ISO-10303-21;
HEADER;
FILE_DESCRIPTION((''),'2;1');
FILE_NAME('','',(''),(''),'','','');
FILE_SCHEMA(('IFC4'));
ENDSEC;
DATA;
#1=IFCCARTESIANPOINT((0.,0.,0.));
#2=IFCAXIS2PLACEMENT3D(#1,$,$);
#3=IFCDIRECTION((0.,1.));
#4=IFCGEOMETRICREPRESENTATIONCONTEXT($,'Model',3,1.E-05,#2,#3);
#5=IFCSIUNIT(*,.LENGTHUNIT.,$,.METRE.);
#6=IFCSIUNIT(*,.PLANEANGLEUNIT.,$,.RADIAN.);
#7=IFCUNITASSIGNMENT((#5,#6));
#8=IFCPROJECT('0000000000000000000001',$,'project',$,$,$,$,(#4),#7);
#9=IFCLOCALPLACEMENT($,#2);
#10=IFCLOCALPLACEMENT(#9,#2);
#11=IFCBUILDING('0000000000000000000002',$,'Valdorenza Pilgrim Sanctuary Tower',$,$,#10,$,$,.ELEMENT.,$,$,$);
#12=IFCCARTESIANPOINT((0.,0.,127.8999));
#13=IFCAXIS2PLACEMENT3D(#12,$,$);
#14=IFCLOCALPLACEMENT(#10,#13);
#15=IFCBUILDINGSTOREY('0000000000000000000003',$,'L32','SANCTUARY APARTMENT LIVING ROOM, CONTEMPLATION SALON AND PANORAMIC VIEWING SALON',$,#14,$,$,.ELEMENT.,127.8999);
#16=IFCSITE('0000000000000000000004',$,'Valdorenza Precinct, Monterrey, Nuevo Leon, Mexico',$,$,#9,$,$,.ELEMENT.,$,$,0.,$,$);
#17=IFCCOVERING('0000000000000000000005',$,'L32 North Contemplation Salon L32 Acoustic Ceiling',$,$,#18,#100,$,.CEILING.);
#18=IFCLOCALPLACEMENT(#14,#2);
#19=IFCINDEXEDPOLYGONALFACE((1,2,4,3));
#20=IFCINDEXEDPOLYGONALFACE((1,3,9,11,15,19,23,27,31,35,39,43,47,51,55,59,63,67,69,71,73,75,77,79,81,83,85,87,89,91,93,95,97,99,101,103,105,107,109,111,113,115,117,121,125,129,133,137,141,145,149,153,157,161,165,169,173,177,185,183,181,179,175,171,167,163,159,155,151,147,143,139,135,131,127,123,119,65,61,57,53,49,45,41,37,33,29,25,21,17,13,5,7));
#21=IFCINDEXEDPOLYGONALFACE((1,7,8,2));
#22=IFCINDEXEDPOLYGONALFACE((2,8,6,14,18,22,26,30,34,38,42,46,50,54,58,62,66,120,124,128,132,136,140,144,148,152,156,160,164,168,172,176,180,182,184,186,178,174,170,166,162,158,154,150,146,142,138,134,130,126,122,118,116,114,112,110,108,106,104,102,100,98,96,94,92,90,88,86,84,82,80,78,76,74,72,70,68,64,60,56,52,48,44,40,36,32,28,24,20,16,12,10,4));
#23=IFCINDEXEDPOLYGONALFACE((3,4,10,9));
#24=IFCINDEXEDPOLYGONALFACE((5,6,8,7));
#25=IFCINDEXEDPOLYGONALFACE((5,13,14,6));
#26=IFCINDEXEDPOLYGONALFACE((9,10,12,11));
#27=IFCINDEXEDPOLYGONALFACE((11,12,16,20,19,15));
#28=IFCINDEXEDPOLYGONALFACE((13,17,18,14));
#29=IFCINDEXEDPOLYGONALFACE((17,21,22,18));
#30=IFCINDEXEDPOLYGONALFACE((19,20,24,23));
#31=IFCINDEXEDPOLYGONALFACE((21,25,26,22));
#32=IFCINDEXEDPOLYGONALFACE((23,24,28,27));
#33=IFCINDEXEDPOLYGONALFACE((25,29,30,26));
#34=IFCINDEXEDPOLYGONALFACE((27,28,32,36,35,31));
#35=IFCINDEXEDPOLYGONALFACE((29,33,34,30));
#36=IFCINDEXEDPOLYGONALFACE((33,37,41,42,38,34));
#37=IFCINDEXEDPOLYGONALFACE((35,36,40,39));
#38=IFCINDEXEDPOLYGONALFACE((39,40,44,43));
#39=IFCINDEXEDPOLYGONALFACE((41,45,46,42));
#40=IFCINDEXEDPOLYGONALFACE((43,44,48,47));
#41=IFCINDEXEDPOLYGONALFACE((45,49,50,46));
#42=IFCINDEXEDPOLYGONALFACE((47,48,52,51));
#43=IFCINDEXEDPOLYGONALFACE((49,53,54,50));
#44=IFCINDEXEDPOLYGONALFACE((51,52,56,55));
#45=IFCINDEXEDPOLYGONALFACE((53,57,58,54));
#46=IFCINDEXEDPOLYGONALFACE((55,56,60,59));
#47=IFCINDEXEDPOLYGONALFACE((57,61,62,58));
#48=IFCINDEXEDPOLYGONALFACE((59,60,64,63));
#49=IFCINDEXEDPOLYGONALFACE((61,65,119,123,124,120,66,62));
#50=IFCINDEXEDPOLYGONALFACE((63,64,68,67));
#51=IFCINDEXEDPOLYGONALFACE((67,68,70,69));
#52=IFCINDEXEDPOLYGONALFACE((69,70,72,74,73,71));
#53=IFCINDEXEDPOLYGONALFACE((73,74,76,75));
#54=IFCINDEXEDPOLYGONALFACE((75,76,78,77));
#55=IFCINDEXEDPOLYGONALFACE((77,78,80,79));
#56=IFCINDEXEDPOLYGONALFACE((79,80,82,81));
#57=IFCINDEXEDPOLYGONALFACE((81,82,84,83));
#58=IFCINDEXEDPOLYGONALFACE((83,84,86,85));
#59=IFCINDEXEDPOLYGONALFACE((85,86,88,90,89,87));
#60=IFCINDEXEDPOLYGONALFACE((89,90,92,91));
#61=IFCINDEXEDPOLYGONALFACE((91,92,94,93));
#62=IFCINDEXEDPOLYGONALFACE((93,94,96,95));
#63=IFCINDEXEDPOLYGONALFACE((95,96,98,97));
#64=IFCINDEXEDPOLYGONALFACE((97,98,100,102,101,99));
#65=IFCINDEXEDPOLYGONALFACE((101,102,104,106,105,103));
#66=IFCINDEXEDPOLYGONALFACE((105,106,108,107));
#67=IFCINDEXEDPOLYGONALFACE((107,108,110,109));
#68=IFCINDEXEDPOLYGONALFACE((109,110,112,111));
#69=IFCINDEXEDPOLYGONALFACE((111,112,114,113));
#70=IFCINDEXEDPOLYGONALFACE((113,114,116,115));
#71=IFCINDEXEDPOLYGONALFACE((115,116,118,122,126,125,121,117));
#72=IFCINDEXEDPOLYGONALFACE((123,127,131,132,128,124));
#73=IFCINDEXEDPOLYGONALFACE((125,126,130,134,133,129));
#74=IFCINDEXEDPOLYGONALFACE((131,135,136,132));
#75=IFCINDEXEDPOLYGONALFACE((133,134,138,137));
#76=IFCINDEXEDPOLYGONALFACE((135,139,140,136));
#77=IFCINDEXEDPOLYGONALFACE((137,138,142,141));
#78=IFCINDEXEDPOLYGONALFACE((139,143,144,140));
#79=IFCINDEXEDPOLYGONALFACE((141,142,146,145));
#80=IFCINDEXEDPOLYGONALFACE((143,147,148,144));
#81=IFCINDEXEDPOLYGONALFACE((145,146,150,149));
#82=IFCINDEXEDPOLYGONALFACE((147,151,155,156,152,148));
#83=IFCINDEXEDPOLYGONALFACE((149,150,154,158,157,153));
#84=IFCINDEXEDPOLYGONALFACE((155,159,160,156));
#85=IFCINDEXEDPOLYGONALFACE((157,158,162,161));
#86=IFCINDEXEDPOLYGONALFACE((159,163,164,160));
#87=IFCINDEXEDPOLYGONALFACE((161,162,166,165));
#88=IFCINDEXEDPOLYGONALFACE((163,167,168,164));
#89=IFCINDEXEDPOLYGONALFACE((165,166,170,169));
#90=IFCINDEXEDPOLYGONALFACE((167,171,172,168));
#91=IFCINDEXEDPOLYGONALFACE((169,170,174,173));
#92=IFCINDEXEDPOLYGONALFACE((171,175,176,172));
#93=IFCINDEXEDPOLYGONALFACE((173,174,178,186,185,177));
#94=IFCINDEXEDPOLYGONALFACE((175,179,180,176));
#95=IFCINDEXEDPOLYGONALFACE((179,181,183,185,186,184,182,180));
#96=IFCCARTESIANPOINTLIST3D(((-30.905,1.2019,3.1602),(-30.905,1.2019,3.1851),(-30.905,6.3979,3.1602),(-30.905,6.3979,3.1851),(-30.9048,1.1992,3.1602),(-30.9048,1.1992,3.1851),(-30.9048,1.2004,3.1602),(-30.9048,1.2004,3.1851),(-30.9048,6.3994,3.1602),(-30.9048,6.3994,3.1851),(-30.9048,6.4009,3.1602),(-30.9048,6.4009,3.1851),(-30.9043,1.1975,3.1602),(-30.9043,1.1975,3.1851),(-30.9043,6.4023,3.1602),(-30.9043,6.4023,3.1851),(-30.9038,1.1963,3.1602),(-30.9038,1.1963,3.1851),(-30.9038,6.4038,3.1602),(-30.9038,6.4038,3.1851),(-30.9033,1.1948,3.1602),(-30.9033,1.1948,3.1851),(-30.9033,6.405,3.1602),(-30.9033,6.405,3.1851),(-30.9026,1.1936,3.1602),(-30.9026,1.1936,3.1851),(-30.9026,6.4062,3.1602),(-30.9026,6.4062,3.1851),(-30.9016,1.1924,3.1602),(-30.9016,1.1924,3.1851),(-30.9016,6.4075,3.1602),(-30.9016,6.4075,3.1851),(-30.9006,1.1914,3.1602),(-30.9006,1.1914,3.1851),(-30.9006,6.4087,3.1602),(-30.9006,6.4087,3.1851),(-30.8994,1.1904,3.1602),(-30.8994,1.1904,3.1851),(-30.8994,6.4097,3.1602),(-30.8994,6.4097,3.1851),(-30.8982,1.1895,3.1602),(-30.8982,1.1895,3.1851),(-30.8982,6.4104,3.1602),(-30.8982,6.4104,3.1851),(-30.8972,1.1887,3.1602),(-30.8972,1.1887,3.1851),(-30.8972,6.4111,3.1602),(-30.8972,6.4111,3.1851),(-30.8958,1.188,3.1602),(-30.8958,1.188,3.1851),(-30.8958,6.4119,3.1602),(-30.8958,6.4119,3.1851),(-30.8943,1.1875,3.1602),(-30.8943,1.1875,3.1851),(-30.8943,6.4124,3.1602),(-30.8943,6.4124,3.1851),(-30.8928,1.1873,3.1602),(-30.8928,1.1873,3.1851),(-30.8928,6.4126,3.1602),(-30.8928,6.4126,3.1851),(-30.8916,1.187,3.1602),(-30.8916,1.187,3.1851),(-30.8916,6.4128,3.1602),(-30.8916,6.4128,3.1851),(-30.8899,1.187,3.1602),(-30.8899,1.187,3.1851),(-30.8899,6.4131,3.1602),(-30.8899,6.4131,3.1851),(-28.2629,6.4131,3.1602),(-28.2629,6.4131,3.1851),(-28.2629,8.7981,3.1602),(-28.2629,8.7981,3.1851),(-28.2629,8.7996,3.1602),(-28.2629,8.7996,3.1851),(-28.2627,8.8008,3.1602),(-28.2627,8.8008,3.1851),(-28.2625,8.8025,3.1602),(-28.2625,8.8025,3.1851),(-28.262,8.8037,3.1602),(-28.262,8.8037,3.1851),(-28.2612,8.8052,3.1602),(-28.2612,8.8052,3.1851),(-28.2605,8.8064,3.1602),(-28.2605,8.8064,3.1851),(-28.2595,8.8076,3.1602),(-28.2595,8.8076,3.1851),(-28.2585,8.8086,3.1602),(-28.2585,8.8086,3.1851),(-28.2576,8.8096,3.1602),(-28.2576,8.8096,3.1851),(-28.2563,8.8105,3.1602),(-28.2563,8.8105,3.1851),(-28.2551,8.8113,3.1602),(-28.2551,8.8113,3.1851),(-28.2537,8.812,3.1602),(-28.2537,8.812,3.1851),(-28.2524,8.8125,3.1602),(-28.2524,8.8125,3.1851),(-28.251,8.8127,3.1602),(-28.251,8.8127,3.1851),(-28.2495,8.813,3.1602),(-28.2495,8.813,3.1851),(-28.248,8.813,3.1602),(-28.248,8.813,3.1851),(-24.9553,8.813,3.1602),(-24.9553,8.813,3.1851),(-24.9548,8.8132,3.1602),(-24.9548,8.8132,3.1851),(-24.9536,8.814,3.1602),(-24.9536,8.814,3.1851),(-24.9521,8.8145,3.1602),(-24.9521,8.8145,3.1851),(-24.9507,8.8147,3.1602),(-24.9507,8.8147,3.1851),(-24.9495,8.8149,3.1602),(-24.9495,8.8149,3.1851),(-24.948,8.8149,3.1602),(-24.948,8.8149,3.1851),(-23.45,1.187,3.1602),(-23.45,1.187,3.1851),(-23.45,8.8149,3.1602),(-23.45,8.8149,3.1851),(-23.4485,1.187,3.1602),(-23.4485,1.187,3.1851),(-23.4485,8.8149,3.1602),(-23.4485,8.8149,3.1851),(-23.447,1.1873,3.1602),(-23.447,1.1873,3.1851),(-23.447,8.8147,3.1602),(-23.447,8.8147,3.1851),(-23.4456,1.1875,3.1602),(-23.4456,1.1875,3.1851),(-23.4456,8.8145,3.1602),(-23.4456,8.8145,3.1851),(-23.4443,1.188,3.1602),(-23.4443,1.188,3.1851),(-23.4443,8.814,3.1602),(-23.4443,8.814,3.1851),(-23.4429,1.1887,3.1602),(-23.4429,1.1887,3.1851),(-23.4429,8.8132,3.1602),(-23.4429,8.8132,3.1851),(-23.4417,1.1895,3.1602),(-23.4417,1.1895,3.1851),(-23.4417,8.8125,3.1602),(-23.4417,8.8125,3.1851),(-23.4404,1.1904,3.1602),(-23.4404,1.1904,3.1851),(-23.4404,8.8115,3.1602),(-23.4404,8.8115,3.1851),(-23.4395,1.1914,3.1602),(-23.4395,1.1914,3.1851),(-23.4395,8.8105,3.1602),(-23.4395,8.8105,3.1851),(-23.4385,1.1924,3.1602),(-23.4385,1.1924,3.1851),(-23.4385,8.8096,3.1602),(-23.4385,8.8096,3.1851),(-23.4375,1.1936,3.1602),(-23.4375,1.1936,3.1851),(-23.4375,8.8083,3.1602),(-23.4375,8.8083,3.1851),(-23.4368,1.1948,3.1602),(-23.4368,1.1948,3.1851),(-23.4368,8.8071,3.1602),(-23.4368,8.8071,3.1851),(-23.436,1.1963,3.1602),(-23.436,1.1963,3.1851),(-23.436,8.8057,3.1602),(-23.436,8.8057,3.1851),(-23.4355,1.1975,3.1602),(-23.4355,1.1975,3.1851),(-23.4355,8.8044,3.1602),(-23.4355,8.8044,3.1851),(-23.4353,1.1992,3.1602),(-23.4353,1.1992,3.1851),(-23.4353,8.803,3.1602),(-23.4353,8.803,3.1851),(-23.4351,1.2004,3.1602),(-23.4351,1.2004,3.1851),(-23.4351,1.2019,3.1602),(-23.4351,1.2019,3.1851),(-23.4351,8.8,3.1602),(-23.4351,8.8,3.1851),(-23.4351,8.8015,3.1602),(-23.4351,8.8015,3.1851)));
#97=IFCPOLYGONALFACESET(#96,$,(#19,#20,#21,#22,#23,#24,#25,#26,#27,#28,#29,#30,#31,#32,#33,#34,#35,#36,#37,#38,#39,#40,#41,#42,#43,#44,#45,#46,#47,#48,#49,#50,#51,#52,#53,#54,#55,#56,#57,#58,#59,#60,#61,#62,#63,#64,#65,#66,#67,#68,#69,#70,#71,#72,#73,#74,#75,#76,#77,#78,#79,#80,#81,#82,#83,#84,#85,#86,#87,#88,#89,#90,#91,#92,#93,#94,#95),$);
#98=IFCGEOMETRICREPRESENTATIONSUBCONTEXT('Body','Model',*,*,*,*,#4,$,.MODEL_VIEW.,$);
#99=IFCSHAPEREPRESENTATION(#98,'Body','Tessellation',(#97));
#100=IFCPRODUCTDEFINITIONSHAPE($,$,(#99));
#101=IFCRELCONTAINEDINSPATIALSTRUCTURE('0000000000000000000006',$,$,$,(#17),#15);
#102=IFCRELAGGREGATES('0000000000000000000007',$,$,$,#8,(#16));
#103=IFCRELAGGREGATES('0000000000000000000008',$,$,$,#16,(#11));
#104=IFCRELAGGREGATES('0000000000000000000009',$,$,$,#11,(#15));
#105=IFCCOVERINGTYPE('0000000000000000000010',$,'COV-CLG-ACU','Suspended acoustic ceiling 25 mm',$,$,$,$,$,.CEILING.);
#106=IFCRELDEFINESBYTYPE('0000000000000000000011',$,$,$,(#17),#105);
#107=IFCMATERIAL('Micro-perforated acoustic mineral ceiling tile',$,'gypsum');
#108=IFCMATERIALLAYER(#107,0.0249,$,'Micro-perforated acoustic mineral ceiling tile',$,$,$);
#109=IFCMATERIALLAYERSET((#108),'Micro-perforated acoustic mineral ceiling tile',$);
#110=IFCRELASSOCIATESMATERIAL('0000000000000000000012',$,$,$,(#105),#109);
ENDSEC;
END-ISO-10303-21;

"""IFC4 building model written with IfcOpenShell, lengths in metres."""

from ifc_helpers import new_model, si_unit, direction, frame, origin, place, context, subcontext, project, spatial, polyline, outline, extrude, material, layer, layer_set, type_object, element, save


model = new_model("IFC4")

# Units and contexts
model_context = context("Model", 3, precision=1e-05, world=origin(), true_north=direction((0.0, 1.0)))
body_context = subcontext(model_context, "Body", "Model", "MODEL_VIEW")
ifc_project = project(units=[si_unit("LENGTHUNIT", "METRE"), si_unit("PLANEANGLEUNIT", "RADIAN")], contexts=[model_context])

# Site, building, storey
site_placement = place(None, origin())
site = spatial("IfcSite", under=ifc_project, at=site_placement, Name="Valdorenza Precinct, Monterrey, Nuevo Leon, Mexico", CompositionType="ELEMENT", RefElevation=0.0)
building_placement = place(site_placement, origin())
building = spatial("IfcBuilding", under=site, at=building_placement, Name="Valdorenza Pilgrim Sanctuary Tower", CompositionType="ELEMENT")
storey_placement = place(building_placement, frame((0.0, 0.0, 127.8999)))
storey = spatial("IfcBuildingStorey", under=building, at=storey_placement, Name="L32", Description="SANCTUARY APARTMENT LIVING ROOM, CONTEMPLATION SALON AND PANORAMIC VIEWING SALON", CompositionType="ELEMENT", Elevation=127.8999)

# Covering
ifc_material_1 = material(Name="Micro-perforated acoustic mineral ceiling tile", Category="gypsum")
ifc_layer_1 = layer(ifc_material_1, 0.0249, Name="Micro-perforated acoustic mineral ceiling tile")
ifc_layer_set_1 = layer_set([ifc_layer_1], Name="Micro-perforated acoustic mineral ceiling tile")
covering_type_1 = type_object("IfcCoveringType", Name="COV-CLG-ACU", Description="Suspended acoustic ceiling 25 mm", PredefinedType="CEILING", material=ifc_layer_set_1)
covering_1_placement = place(storey_placement, frame((0.0, 0.0, 3.1602)))
element("IfcCovering", 1, at=covering_1_placement, inside=storey, type_object=covering_type_1, Name="L32 North Contemplation Salon L32 Acoustic Ceiling", PredefinedType="CEILING", context=body_context, shape_type="SweptSolid", body=[
    extrude(outline(polyline([(-28.2629, 6.4131), (-28.2629, 8.7981), (-28.2629, 8.7996), (-28.2627, 8.8008), (-28.2625, 8.8025), (-28.262, 8.8037), (-28.2612, 8.8052), (-28.2605, 8.8064), (-28.2595, 8.8076), (-28.2585, 8.8086), (-28.2576, 8.8096), (-28.2563, 8.8105), (-28.2551, 8.8113), (-28.2537, 8.812), (-28.2524, 8.8125), (-28.251, 8.8127), (-28.2495, 8.813), (-28.248, 8.813), (-24.9553, 8.813), (-24.9548, 8.8132), (-24.9536, 8.814), (-24.9521, 8.8145), (-24.9507, 8.8147), (-24.9495, 8.8149), (-24.948, 8.8149), (-23.45, 8.8149), (-23.4485, 8.8149), (-23.447, 8.8147), (-23.4456, 8.8145), (-23.4443, 8.814), (-23.4429, 8.8132), (-23.4417, 8.8125), (-23.4404, 8.8115), (-23.4395, 8.8105), (-23.4385, 8.8096), (-23.4375, 8.8083), (-23.4368, 8.8071), (-23.436, 8.8057), (-23.4355, 8.8044), (-23.4353, 8.803), (-23.4351, 8.8015), (-23.4351, 8.8), (-23.4351, 1.2019), (-23.4351, 1.2004), (-23.4353, 1.1992), (-23.4355, 1.1975), (-23.436, 1.1963), (-23.4368, 1.1948), (-23.4375, 1.1936), (-23.4385, 1.1924), (-23.4395, 1.1914), (-23.4404, 1.1904), (-23.4417, 1.1895), (-23.4429, 1.1887), (-23.4443, 1.188), (-23.4456, 1.1875), (-23.447, 1.1873), (-23.4485, 1.187), (-23.45, 1.187), (-30.8899, 1.187), (-30.8916, 1.187), (-30.8928, 1.1873), (-30.8943, 1.1875), (-30.8958, 1.188), (-30.8972, 1.1887), (-30.8982, 1.1895), (-30.8994, 1.1904), (-30.9006, 1.1914), (-30.9016, 1.1924), (-30.9026, 1.1936), (-30.9033, 1.1948), (-30.9038, 1.1963), (-30.9043, 1.1975), (-30.9048, 1.1992), (-30.9048, 1.2004), (-30.905, 1.2019), (-30.905, 6.3979), (-30.9048, 6.3994), (-30.9048, 6.4009), (-30.9043, 6.4023), (-30.9038, 6.4038), (-30.9033, 6.405), (-30.9026, 6.4062), (-30.9016, 6.4075), (-30.9006, 6.4087), (-30.8994, 6.4097), (-30.8982, 6.4104), (-30.8972, 6.4111), (-30.8958, 6.4119), (-30.8943, 6.4124), (-30.8928, 6.4126), (-30.8916, 6.4128), (-30.8899, 6.4131), (-28.2629, 6.4131)])), origin(), (0.0, 0.0, 1.0), 0.0249),
])

save(model, "model.ifc")
